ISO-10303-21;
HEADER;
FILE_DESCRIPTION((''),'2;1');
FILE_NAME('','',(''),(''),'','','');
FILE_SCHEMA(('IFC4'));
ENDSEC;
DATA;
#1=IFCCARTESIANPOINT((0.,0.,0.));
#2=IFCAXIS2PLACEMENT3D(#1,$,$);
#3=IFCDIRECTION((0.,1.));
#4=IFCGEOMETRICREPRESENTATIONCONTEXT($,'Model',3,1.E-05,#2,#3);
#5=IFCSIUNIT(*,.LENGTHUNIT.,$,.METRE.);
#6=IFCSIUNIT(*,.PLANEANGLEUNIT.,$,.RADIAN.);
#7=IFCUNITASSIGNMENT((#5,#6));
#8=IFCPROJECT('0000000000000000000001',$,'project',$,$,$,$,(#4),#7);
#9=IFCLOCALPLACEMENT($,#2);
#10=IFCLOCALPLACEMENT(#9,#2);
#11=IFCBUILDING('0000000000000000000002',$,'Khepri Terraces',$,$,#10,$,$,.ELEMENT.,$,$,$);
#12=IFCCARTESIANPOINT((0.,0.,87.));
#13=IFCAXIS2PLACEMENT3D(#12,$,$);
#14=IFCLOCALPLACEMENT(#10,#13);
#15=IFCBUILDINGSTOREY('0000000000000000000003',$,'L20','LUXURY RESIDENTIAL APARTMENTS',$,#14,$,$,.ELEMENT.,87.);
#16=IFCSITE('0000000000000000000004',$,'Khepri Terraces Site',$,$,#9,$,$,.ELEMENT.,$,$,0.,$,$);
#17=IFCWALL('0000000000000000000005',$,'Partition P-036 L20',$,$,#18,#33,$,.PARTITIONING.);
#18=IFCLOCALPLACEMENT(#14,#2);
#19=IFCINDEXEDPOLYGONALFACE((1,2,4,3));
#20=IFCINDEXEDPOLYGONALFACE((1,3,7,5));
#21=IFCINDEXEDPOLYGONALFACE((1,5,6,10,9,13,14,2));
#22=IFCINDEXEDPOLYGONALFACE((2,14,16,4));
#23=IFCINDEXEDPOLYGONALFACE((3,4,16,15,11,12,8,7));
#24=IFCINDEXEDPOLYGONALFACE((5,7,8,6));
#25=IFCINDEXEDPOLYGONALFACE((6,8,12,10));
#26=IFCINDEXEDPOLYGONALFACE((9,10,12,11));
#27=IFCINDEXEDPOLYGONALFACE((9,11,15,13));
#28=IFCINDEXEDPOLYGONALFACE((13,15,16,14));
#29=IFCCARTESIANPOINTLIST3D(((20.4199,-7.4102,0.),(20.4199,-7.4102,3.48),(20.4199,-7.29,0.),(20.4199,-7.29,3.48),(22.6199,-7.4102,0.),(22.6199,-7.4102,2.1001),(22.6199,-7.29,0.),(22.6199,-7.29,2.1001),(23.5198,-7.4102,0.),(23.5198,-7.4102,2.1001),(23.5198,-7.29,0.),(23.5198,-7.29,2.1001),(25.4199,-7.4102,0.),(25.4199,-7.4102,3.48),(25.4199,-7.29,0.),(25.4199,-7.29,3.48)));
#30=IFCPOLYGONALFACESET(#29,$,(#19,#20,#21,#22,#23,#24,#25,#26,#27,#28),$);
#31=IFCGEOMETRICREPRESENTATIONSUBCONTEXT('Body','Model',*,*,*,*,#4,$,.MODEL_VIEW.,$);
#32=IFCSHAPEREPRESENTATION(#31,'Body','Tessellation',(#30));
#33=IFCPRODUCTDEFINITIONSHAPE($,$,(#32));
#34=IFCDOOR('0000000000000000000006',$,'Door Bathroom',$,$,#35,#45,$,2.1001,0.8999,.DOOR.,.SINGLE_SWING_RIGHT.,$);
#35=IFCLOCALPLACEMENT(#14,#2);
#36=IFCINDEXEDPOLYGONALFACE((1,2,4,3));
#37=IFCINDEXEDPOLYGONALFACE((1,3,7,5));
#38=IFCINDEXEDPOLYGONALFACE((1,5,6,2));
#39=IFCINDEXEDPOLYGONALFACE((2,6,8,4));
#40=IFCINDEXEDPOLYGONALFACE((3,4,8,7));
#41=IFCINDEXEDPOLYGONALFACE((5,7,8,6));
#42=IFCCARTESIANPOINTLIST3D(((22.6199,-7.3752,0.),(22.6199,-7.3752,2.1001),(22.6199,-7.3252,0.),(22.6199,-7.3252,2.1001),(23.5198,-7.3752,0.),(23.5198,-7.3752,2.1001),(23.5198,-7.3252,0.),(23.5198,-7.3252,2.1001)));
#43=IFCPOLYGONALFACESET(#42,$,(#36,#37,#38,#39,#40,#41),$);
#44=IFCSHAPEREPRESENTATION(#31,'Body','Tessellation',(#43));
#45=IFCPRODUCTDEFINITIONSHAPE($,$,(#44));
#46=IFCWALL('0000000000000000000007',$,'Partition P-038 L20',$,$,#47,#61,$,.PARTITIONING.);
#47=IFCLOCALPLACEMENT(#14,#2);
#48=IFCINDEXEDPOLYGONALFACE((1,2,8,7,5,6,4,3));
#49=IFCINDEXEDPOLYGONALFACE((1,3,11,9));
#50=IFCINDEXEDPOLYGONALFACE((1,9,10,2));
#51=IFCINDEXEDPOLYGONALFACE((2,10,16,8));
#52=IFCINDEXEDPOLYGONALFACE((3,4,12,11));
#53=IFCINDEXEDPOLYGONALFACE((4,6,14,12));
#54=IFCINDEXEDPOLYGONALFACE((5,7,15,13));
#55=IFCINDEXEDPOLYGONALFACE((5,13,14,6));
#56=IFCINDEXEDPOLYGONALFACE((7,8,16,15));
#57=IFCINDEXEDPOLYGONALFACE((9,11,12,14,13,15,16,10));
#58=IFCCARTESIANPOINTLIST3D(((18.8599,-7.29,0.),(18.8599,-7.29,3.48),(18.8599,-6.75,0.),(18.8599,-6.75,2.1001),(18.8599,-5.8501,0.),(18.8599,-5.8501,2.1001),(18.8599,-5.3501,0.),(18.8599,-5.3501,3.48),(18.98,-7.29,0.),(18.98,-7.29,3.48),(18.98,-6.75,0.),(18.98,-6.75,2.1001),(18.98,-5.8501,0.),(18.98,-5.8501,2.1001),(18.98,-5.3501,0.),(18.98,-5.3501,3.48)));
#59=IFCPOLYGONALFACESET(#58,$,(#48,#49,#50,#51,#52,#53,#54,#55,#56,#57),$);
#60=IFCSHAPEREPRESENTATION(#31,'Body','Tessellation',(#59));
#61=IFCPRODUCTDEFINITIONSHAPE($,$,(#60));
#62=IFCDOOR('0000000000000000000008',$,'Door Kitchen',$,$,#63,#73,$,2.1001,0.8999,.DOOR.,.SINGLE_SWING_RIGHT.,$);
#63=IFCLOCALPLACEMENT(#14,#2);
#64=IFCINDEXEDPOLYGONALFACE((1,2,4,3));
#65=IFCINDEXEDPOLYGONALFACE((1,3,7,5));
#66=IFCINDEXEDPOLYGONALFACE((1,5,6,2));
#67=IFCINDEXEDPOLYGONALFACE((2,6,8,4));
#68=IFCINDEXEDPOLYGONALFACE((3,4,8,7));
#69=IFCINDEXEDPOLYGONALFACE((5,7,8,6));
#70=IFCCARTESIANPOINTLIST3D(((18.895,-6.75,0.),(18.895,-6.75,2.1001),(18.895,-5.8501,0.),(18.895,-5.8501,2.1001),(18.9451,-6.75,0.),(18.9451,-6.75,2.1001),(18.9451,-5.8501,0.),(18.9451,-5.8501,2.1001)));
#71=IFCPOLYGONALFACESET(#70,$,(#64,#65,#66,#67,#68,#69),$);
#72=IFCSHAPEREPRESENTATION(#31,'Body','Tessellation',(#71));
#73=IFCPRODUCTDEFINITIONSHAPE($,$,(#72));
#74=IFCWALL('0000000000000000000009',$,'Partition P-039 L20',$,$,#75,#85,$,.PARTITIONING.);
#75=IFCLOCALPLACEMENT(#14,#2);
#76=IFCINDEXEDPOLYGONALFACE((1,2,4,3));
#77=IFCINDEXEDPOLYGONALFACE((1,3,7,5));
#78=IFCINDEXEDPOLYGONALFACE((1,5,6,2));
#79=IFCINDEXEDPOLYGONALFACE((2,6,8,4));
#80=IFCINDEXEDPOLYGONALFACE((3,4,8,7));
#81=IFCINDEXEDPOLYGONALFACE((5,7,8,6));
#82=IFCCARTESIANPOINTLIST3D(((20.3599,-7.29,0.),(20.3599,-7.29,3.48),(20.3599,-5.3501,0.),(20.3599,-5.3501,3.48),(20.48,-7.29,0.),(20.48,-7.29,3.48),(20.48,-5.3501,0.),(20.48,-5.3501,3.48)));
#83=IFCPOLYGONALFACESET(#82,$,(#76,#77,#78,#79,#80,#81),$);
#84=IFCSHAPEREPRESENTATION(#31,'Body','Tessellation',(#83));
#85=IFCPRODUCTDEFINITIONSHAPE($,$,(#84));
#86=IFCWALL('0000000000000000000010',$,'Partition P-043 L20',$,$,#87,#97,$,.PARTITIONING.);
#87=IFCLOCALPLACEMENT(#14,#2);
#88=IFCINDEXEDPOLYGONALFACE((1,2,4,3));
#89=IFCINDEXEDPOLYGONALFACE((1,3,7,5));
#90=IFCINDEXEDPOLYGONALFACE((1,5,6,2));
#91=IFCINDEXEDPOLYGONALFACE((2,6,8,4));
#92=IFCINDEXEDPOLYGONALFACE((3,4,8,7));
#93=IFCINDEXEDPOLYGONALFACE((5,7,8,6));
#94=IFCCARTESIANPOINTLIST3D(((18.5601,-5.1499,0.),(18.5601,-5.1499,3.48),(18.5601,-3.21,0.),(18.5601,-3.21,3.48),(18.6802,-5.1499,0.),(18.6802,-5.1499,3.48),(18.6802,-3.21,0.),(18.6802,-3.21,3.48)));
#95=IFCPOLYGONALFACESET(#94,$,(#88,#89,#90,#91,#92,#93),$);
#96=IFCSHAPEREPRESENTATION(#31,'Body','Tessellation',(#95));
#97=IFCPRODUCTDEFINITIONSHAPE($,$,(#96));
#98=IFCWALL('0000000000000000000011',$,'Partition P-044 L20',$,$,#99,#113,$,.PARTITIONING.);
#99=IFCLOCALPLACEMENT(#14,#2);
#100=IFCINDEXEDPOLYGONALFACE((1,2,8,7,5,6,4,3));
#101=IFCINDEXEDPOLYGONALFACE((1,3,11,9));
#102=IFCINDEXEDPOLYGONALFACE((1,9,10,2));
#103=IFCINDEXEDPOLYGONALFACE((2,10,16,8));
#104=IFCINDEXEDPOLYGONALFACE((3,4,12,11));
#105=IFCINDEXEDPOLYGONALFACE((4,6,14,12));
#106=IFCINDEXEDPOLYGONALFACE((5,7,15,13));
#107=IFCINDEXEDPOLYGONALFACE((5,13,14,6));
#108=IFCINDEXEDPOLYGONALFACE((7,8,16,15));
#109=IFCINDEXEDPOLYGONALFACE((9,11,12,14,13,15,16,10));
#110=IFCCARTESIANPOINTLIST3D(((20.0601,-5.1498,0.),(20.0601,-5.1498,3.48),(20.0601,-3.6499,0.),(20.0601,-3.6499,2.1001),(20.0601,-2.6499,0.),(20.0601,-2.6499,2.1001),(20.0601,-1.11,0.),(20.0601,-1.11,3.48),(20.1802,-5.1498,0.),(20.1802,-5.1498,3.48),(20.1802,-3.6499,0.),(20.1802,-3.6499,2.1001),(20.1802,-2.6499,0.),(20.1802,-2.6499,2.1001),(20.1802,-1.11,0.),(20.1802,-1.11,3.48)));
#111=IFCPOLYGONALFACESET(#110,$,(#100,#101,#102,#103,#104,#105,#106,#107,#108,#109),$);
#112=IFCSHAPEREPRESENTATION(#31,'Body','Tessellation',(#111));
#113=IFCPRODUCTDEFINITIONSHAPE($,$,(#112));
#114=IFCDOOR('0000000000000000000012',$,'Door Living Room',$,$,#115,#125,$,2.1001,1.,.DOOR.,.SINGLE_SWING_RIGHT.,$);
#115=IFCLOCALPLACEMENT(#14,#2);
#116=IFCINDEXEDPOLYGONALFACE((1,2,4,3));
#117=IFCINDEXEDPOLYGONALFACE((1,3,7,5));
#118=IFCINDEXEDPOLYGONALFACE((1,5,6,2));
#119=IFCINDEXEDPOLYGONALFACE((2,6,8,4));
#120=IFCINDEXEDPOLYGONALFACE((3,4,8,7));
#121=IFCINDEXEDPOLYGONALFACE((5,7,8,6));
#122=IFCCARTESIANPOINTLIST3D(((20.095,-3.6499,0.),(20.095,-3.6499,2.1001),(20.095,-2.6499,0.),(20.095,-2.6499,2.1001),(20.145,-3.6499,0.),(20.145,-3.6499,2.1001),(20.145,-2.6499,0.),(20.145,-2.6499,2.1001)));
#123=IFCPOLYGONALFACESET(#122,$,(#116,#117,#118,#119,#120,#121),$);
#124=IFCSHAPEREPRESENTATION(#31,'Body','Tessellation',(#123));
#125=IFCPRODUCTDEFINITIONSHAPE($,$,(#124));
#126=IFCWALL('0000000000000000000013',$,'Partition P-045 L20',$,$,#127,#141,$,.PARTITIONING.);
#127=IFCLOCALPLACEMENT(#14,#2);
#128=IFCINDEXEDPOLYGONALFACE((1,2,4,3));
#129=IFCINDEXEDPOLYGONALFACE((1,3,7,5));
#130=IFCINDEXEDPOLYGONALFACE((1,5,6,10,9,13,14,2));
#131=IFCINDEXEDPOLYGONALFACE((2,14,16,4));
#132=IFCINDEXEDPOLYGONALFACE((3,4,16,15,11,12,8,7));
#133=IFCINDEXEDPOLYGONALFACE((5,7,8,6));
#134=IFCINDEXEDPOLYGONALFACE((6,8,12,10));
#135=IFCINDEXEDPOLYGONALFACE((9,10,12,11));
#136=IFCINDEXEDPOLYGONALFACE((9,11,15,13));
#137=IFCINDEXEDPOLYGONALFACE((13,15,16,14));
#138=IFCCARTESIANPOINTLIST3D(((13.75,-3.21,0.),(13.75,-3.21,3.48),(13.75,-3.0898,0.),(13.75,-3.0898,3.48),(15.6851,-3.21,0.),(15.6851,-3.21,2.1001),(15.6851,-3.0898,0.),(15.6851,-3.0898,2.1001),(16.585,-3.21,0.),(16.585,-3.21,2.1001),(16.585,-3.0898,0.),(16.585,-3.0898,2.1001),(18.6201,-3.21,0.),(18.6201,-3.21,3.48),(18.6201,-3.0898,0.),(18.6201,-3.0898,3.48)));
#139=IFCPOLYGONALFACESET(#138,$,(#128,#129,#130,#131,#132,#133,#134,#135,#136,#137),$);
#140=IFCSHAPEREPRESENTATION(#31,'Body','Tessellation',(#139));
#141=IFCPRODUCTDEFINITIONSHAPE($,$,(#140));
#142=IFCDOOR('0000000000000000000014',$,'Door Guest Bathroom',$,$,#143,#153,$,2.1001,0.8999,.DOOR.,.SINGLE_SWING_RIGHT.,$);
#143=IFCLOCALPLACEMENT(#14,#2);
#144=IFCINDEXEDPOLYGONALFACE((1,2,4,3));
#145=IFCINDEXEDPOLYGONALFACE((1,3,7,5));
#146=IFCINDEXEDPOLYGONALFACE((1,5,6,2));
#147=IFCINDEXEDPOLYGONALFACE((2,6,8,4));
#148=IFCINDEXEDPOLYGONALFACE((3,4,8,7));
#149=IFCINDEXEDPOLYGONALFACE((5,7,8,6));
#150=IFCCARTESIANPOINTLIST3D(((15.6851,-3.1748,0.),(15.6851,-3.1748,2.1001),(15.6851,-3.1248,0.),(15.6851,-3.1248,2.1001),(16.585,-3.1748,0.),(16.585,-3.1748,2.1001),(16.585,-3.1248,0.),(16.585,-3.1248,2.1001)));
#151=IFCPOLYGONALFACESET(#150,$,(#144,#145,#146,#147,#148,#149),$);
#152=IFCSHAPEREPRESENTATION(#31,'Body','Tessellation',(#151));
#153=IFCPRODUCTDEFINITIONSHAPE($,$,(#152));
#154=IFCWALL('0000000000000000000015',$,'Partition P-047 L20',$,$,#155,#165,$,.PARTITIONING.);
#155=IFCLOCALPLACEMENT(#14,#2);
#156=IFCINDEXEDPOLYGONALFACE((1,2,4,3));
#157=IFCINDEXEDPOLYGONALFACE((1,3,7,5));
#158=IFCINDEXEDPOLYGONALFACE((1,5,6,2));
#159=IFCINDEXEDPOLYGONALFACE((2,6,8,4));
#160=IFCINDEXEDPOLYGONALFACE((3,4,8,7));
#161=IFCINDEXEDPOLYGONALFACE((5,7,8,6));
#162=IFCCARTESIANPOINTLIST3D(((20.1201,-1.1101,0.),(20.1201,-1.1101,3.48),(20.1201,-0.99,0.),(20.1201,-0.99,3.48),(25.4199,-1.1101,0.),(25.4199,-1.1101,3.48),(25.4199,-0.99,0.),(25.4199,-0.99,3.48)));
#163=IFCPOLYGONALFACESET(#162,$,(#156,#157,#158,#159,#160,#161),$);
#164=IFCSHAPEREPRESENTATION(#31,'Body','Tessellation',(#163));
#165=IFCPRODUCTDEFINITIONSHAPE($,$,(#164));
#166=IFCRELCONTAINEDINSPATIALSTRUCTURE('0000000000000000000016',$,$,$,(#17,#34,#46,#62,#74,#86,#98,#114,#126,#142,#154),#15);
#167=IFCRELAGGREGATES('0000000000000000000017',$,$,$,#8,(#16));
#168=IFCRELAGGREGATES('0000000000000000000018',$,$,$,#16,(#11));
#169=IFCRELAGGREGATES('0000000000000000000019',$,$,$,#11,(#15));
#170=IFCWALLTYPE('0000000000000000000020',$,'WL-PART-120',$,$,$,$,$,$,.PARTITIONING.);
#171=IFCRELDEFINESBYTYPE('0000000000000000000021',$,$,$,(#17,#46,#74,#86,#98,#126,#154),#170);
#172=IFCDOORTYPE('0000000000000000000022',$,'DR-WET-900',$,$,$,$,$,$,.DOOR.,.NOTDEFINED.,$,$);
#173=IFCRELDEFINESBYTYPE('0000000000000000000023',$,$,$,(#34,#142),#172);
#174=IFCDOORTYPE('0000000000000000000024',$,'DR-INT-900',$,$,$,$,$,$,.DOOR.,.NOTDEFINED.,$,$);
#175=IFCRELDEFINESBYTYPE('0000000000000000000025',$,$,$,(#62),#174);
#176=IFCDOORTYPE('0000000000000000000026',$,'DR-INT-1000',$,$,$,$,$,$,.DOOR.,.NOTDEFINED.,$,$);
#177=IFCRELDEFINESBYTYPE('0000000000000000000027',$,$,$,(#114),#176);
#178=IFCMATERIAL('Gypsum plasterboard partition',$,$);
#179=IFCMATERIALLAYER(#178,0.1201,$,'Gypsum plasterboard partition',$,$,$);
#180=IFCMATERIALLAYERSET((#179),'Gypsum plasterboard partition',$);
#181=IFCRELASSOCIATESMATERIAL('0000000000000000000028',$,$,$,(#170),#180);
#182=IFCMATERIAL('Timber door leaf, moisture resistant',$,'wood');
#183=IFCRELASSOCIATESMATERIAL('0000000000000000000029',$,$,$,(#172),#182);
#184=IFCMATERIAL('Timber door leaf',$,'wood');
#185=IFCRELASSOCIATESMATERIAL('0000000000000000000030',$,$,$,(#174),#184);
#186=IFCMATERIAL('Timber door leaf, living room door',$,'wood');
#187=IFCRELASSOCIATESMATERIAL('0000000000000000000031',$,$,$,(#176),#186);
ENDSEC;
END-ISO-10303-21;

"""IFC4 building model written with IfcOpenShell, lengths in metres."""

from ifc_helpers import new_model, si_unit, direction, frame, frame_2d, origin, place, context, subcontext, project, spatial, rectangle, extrude, material, layer, layer_set, type_object, element, fill, save


model = new_model("IFC4")

# Units and contexts
model_context = context("Model", 3, precision=1e-05, world=origin(), true_north=direction((0.0, 1.0)))
body_context = subcontext(model_context, "Body", "Model", "MODEL_VIEW")
ifc_project = project(units=[si_unit("LENGTHUNIT", "METRE"), si_unit("PLANEANGLEUNIT", "RADIAN")], contexts=[model_context])

# Site, building, storey
site_placement = place(None, origin())
site = spatial("IfcSite", under=ifc_project, at=site_placement, Name="Khepri Terraces Site", CompositionType="ELEMENT", RefElevation=0.0)
building_placement = place(site_placement, origin())
building = spatial("IfcBuilding", under=site, at=building_placement, Name="Khepri Terraces", CompositionType="ELEMENT")
storey_placement = place(building_placement, frame((0.0, 0.0, 87.0)))
storey = spatial("IfcBuildingStorey", under=building, at=storey_placement, Name="L20", Description="LUXURY RESIDENTIAL APARTMENTS", CompositionType="ELEMENT", Elevation=87.0)

# Shared definitions
ifc_material_1 = material(Name="Gypsum plasterboard partition")
ifc_layer_1 = layer(ifc_material_1, 0.1201, Name="Gypsum plasterboard partition")
ifc_layer_set_1 = layer_set([ifc_layer_1], Name="Gypsum plasterboard partition")
wall_type_1 = type_object("IfcWallType", Name="WL-PART-120", PredefinedType="PARTITIONING", material=ifc_layer_set_1)
ifc_material_2 = material(Name="Timber door leaf, moisture resistant", Category="wood")
door_type_1 = type_object("IfcDoorType", Name="DR-WET-900", OperationType="NOTDEFINED", PredefinedType="DOOR", material=ifc_material_2)
ifc_material_3 = material(Name="Timber door leaf", Category="wood")
door_type_2 = type_object("IfcDoorType", Name="DR-INT-900", OperationType="NOTDEFINED", PredefinedType="DOOR", material=ifc_material_3)

# Walls, openings, doors
wall_1_placement = place(storey_placement, frame((20.4199, -7.3501, 0.0), z_axis=(0.0, 0.0, 1.0), x_axis=(1.0, 0.0, 0.0)))
wall_1 = element("IfcWall", 1, at=wall_1_placement, inside=storey, type_object=wall_type_1, Name="Partition P-036 L20", PredefinedType="PARTITIONING", context=body_context, shape_type="SweptSolid", body=[
    extrude(rectangle(XDim=5.0, YDim=0.1201, at=frame_2d((2.5, 0.0))), origin(), (0.0, 0.0, 1.0), 3.48),
])
opening_1_placement = place(wall_1_placement, frame((2.2, 0.0, 0.0)))
opening_1 = element("IfcOpeningElement", 2, at=opening_1_placement, cuts=wall_1, PredefinedType="OPENING", context=body_context, shape_type="SweptSolid", body=[
    extrude(rectangle(XDim=0.8999, YDim=2.1001, at=frame_2d((0.45, 1.05))), frame((0.0, 0.0701, 0.0), z_axis=(0.0, -1.0, 0.0), x_axis=(1.0, 0.0, 0.0)), (0.0, 0.0, 1.0), 0.1401),
])
door_1_placement = place(opening_1_placement, origin())
door_1 = element("IfcDoor", 3, at=door_1_placement, inside=storey, type_object=door_type_1, Name="Door Bathroom", OperationType="SINGLE_SWING_RIGHT", OverallHeight=2.1001, OverallWidth=0.8999, PredefinedType="DOOR", context=body_context, shape_type="SweptSolid", body=[
    extrude(rectangle(XDim=0.8999, YDim=2.1001, at=frame_2d((0.45, 1.05))), frame((0.0, 0.0249, 0.0), z_axis=(0.0, -1.0, 0.0), x_axis=(1.0, 0.0, 0.0)), (0.0, 0.0, 1.0), 0.05),
])
fill(opening_1, door_1)
wall_2_placement = place(storey_placement, frame((18.9199, -7.29, 0.0), z_axis=(0.0, 0.0, 1.0), x_axis=(0.0, 1.0, 0.0)))
wall_2 = element("IfcWall", 4, at=wall_2_placement, inside=storey, type_object=wall_type_1, Name="Partition P-038 L20", PredefinedType="PARTITIONING", context=body_context, shape_type="SweptSolid", body=[
    extrude(rectangle(XDim=1.9399, YDim=0.1201, at=frame_2d((0.97, 0.0))), origin(), (0.0, 0.0, 1.0), 3.48),
])
opening_2_placement = place(wall_2_placement, frame((0.54, 0.0, 0.0)))
opening_2 = element("IfcOpeningElement", 5, at=opening_2_placement, cuts=wall_2, PredefinedType="OPENING", context=body_context, shape_type="SweptSolid", body=[
    extrude(rectangle(XDim=0.8999, YDim=2.1001, at=frame_2d((0.45, 1.05))), frame((0.0, 0.0701, 0.0), z_axis=(0.0, -1.0, 0.0), x_axis=(1.0, 0.0, 0.0)), (0.0, 0.0, 1.0), 0.1401),
])
door_2_placement = place(opening_2_placement, origin())
door_2 = element("IfcDoor", 6, at=door_2_placement, inside=storey, type_object=door_type_2, Name="Door Kitchen", OperationType="SINGLE_SWING_RIGHT", OverallHeight=2.1001, OverallWidth=0.8999, PredefinedType="DOOR", context=body_context, shape_type="SweptSolid", body=[
    extrude(rectangle(XDim=0.8999, YDim=2.1001, at=frame_2d((0.45, 1.05))), frame((0.0, 0.0249, 0.0), z_axis=(0.0, -1.0, 0.0), x_axis=(1.0, 0.0, 0.0)), (0.0, 0.0, 1.0), 0.05),
])
fill(opening_2, door_2)

# Walls
for number, where, z_axis, x_axis, name in (
    (7, (20.4199, -7.29, 0.0), (0.0, 0.0, 1.0), (0.0, 1.0, 0.0), "Partition P-039 L20"),
    (8, (18.6201, -5.1499, 0.0), (0.0, 0.0, 1.0), (0.0, 1.0, 0.0), "Partition P-043 L20"),
):
    element("IfcWall", number, at=place(storey_placement, frame(where, z_axis=z_axis, x_axis=x_axis)), inside=storey, type_object=wall_type_1, Name=name, PredefinedType="PARTITIONING", context=body_context, shape_type="SweptSolid", body=[
        extrude(rectangle(XDim=1.9399, YDim=0.1201, at=frame_2d((0.97, 0.0))), origin(), (0.0, 0.0, 1.0), 3.48),
    ])

# Walls, openings, doors
wall_3_placement = place(storey_placement, frame((20.1201, -5.1499, 0.0), z_axis=(0.0, 0.0, 1.0), x_axis=(0.0, 1.0, 0.0)))
wall_3 = element("IfcWall", 9, at=wall_3_placement, inside=storey, type_object=wall_type_1, Name="Partition P-044 L20", PredefinedType="PARTITIONING", context=body_context, shape_type="SweptSolid", body=[
    extrude(rectangle(XDim=4.0398, YDim=0.1201, at=frame_2d((2.02, 0.0))), origin(), (0.0, 0.0, 1.0), 3.48),
])
opening_3_placement = place(wall_3_placement, frame((1.5, 0.0, 0.0)))
opening_3 = element("IfcOpeningElement", 10, at=opening_3_placement, cuts=wall_3, PredefinedType="OPENING", context=body_context, shape_type="SweptSolid", body=[
    extrude(rectangle(XDim=1.0, YDim=2.1001, at=frame_2d((0.5, 1.05))), frame((0.0, 0.0701, 0.0), z_axis=(0.0, -1.0, 0.0), x_axis=(1.0, 0.0, 0.0)), (0.0, 0.0, 1.0), 0.1401),
])
ifc_material_4 = material(Name="Timber door leaf, living room door", Category="wood")
door_type_3 = type_object("IfcDoorType", Name="DR-INT-1000", OperationType="NOTDEFINED", PredefinedType="DOOR", material=ifc_material_4)
door_3_placement = place(opening_3_placement, frame((1.0, 0.0, 0.0), z_axis=(0.0, 0.0, 1.0), x_axis=(-1.0, 0.0, 0.0)))
door_3 = element("IfcDoor", 11, at=door_3_placement, inside=storey, type_object=door_type_3, Name="Door Living Room", OperationType="SINGLE_SWING_RIGHT", OverallHeight=2.1001, OverallWidth=1.0, PredefinedType="DOOR", context=body_context, shape_type="SweptSolid", body=[
    extrude(rectangle(XDim=1.0, YDim=2.1001, at=frame_2d((0.5, 1.05))), frame((0.0, 0.0249, 0.0), z_axis=(0.0, -1.0, 0.0), x_axis=(1.0, 0.0, 0.0)), (0.0, 0.0, 1.0), 0.05),
])
fill(opening_3, door_3)
wall_4_placement = place(storey_placement, frame((13.75, -3.1499, 0.0), z_axis=(0.0, 0.0, 1.0), x_axis=(1.0, 0.0, 0.0)))
wall_4 = element("IfcWall", 12, at=wall_4_placement, inside=storey, type_object=wall_type_1, Name="Partition P-045 L20", PredefinedType="PARTITIONING", context=body_context, shape_type="SweptSolid", body=[
    extrude(rectangle(XDim=4.8701, YDim=0.1201, at=frame_2d((2.4351, 0.0))), origin(), (0.0, 0.0, 1.0), 3.48),
])
opening_4_placement = place(wall_4_placement, frame((1.9351, 0.0, 0.0)))
opening_4 = element("IfcOpeningElement", 13, at=opening_4_placement, cuts=wall_4, PredefinedType="OPENING", context=body_context, shape_type="SweptSolid", body=[
    extrude(rectangle(XDim=0.8999, YDim=2.1001, at=frame_2d((0.45, 1.05))), frame((0.0, 0.0701, 0.0), z_axis=(0.0, -1.0, 0.0), x_axis=(1.0, 0.0, 0.0)), (0.0, 0.0, 1.0), 0.1401),
])
door_4_placement = place(opening_4_placement, frame((0.8999, 0.0, 0.0), z_axis=(0.0, 0.0, 1.0), x_axis=(-1.0, 0.0, 0.0)))
door_4 = element("IfcDoor", 14, at=door_4_placement, inside=storey, type_object=door_type_1, Name="Door Guest Bathroom", OperationType="SINGLE_SWING_RIGHT", OverallHeight=2.1001, OverallWidth=0.8999, PredefinedType="DOOR", context=body_context, shape_type="SweptSolid", body=[
    extrude(rectangle(XDim=0.8999, YDim=2.1001, at=frame_2d((0.45, 1.05))), frame((0.0, 0.0249, 0.0), z_axis=(0.0, -1.0, 0.0), x_axis=(1.0, 0.0, 0.0)), (0.0, 0.0, 1.0), 0.05),
])
fill(opening_4, door_4)

# Wall
wall_5_placement = place(storey_placement, frame((20.1201, -1.05, 0.0), z_axis=(0.0, 0.0, 1.0), x_axis=(1.0, 0.0, 0.0)))
element("IfcWall", 15, at=wall_5_placement, inside=storey, type_object=wall_type_1, Name="Partition P-047 L20", PredefinedType="PARTITIONING", context=body_context, shape_type="SweptSolid", body=[
    extrude(rectangle(XDim=5.2998, YDim=0.1201, at=frame_2d((2.6499, 0.0))), origin(), (0.0, 0.0, 1.0), 3.48),
])

save(model, "model.ifc")
